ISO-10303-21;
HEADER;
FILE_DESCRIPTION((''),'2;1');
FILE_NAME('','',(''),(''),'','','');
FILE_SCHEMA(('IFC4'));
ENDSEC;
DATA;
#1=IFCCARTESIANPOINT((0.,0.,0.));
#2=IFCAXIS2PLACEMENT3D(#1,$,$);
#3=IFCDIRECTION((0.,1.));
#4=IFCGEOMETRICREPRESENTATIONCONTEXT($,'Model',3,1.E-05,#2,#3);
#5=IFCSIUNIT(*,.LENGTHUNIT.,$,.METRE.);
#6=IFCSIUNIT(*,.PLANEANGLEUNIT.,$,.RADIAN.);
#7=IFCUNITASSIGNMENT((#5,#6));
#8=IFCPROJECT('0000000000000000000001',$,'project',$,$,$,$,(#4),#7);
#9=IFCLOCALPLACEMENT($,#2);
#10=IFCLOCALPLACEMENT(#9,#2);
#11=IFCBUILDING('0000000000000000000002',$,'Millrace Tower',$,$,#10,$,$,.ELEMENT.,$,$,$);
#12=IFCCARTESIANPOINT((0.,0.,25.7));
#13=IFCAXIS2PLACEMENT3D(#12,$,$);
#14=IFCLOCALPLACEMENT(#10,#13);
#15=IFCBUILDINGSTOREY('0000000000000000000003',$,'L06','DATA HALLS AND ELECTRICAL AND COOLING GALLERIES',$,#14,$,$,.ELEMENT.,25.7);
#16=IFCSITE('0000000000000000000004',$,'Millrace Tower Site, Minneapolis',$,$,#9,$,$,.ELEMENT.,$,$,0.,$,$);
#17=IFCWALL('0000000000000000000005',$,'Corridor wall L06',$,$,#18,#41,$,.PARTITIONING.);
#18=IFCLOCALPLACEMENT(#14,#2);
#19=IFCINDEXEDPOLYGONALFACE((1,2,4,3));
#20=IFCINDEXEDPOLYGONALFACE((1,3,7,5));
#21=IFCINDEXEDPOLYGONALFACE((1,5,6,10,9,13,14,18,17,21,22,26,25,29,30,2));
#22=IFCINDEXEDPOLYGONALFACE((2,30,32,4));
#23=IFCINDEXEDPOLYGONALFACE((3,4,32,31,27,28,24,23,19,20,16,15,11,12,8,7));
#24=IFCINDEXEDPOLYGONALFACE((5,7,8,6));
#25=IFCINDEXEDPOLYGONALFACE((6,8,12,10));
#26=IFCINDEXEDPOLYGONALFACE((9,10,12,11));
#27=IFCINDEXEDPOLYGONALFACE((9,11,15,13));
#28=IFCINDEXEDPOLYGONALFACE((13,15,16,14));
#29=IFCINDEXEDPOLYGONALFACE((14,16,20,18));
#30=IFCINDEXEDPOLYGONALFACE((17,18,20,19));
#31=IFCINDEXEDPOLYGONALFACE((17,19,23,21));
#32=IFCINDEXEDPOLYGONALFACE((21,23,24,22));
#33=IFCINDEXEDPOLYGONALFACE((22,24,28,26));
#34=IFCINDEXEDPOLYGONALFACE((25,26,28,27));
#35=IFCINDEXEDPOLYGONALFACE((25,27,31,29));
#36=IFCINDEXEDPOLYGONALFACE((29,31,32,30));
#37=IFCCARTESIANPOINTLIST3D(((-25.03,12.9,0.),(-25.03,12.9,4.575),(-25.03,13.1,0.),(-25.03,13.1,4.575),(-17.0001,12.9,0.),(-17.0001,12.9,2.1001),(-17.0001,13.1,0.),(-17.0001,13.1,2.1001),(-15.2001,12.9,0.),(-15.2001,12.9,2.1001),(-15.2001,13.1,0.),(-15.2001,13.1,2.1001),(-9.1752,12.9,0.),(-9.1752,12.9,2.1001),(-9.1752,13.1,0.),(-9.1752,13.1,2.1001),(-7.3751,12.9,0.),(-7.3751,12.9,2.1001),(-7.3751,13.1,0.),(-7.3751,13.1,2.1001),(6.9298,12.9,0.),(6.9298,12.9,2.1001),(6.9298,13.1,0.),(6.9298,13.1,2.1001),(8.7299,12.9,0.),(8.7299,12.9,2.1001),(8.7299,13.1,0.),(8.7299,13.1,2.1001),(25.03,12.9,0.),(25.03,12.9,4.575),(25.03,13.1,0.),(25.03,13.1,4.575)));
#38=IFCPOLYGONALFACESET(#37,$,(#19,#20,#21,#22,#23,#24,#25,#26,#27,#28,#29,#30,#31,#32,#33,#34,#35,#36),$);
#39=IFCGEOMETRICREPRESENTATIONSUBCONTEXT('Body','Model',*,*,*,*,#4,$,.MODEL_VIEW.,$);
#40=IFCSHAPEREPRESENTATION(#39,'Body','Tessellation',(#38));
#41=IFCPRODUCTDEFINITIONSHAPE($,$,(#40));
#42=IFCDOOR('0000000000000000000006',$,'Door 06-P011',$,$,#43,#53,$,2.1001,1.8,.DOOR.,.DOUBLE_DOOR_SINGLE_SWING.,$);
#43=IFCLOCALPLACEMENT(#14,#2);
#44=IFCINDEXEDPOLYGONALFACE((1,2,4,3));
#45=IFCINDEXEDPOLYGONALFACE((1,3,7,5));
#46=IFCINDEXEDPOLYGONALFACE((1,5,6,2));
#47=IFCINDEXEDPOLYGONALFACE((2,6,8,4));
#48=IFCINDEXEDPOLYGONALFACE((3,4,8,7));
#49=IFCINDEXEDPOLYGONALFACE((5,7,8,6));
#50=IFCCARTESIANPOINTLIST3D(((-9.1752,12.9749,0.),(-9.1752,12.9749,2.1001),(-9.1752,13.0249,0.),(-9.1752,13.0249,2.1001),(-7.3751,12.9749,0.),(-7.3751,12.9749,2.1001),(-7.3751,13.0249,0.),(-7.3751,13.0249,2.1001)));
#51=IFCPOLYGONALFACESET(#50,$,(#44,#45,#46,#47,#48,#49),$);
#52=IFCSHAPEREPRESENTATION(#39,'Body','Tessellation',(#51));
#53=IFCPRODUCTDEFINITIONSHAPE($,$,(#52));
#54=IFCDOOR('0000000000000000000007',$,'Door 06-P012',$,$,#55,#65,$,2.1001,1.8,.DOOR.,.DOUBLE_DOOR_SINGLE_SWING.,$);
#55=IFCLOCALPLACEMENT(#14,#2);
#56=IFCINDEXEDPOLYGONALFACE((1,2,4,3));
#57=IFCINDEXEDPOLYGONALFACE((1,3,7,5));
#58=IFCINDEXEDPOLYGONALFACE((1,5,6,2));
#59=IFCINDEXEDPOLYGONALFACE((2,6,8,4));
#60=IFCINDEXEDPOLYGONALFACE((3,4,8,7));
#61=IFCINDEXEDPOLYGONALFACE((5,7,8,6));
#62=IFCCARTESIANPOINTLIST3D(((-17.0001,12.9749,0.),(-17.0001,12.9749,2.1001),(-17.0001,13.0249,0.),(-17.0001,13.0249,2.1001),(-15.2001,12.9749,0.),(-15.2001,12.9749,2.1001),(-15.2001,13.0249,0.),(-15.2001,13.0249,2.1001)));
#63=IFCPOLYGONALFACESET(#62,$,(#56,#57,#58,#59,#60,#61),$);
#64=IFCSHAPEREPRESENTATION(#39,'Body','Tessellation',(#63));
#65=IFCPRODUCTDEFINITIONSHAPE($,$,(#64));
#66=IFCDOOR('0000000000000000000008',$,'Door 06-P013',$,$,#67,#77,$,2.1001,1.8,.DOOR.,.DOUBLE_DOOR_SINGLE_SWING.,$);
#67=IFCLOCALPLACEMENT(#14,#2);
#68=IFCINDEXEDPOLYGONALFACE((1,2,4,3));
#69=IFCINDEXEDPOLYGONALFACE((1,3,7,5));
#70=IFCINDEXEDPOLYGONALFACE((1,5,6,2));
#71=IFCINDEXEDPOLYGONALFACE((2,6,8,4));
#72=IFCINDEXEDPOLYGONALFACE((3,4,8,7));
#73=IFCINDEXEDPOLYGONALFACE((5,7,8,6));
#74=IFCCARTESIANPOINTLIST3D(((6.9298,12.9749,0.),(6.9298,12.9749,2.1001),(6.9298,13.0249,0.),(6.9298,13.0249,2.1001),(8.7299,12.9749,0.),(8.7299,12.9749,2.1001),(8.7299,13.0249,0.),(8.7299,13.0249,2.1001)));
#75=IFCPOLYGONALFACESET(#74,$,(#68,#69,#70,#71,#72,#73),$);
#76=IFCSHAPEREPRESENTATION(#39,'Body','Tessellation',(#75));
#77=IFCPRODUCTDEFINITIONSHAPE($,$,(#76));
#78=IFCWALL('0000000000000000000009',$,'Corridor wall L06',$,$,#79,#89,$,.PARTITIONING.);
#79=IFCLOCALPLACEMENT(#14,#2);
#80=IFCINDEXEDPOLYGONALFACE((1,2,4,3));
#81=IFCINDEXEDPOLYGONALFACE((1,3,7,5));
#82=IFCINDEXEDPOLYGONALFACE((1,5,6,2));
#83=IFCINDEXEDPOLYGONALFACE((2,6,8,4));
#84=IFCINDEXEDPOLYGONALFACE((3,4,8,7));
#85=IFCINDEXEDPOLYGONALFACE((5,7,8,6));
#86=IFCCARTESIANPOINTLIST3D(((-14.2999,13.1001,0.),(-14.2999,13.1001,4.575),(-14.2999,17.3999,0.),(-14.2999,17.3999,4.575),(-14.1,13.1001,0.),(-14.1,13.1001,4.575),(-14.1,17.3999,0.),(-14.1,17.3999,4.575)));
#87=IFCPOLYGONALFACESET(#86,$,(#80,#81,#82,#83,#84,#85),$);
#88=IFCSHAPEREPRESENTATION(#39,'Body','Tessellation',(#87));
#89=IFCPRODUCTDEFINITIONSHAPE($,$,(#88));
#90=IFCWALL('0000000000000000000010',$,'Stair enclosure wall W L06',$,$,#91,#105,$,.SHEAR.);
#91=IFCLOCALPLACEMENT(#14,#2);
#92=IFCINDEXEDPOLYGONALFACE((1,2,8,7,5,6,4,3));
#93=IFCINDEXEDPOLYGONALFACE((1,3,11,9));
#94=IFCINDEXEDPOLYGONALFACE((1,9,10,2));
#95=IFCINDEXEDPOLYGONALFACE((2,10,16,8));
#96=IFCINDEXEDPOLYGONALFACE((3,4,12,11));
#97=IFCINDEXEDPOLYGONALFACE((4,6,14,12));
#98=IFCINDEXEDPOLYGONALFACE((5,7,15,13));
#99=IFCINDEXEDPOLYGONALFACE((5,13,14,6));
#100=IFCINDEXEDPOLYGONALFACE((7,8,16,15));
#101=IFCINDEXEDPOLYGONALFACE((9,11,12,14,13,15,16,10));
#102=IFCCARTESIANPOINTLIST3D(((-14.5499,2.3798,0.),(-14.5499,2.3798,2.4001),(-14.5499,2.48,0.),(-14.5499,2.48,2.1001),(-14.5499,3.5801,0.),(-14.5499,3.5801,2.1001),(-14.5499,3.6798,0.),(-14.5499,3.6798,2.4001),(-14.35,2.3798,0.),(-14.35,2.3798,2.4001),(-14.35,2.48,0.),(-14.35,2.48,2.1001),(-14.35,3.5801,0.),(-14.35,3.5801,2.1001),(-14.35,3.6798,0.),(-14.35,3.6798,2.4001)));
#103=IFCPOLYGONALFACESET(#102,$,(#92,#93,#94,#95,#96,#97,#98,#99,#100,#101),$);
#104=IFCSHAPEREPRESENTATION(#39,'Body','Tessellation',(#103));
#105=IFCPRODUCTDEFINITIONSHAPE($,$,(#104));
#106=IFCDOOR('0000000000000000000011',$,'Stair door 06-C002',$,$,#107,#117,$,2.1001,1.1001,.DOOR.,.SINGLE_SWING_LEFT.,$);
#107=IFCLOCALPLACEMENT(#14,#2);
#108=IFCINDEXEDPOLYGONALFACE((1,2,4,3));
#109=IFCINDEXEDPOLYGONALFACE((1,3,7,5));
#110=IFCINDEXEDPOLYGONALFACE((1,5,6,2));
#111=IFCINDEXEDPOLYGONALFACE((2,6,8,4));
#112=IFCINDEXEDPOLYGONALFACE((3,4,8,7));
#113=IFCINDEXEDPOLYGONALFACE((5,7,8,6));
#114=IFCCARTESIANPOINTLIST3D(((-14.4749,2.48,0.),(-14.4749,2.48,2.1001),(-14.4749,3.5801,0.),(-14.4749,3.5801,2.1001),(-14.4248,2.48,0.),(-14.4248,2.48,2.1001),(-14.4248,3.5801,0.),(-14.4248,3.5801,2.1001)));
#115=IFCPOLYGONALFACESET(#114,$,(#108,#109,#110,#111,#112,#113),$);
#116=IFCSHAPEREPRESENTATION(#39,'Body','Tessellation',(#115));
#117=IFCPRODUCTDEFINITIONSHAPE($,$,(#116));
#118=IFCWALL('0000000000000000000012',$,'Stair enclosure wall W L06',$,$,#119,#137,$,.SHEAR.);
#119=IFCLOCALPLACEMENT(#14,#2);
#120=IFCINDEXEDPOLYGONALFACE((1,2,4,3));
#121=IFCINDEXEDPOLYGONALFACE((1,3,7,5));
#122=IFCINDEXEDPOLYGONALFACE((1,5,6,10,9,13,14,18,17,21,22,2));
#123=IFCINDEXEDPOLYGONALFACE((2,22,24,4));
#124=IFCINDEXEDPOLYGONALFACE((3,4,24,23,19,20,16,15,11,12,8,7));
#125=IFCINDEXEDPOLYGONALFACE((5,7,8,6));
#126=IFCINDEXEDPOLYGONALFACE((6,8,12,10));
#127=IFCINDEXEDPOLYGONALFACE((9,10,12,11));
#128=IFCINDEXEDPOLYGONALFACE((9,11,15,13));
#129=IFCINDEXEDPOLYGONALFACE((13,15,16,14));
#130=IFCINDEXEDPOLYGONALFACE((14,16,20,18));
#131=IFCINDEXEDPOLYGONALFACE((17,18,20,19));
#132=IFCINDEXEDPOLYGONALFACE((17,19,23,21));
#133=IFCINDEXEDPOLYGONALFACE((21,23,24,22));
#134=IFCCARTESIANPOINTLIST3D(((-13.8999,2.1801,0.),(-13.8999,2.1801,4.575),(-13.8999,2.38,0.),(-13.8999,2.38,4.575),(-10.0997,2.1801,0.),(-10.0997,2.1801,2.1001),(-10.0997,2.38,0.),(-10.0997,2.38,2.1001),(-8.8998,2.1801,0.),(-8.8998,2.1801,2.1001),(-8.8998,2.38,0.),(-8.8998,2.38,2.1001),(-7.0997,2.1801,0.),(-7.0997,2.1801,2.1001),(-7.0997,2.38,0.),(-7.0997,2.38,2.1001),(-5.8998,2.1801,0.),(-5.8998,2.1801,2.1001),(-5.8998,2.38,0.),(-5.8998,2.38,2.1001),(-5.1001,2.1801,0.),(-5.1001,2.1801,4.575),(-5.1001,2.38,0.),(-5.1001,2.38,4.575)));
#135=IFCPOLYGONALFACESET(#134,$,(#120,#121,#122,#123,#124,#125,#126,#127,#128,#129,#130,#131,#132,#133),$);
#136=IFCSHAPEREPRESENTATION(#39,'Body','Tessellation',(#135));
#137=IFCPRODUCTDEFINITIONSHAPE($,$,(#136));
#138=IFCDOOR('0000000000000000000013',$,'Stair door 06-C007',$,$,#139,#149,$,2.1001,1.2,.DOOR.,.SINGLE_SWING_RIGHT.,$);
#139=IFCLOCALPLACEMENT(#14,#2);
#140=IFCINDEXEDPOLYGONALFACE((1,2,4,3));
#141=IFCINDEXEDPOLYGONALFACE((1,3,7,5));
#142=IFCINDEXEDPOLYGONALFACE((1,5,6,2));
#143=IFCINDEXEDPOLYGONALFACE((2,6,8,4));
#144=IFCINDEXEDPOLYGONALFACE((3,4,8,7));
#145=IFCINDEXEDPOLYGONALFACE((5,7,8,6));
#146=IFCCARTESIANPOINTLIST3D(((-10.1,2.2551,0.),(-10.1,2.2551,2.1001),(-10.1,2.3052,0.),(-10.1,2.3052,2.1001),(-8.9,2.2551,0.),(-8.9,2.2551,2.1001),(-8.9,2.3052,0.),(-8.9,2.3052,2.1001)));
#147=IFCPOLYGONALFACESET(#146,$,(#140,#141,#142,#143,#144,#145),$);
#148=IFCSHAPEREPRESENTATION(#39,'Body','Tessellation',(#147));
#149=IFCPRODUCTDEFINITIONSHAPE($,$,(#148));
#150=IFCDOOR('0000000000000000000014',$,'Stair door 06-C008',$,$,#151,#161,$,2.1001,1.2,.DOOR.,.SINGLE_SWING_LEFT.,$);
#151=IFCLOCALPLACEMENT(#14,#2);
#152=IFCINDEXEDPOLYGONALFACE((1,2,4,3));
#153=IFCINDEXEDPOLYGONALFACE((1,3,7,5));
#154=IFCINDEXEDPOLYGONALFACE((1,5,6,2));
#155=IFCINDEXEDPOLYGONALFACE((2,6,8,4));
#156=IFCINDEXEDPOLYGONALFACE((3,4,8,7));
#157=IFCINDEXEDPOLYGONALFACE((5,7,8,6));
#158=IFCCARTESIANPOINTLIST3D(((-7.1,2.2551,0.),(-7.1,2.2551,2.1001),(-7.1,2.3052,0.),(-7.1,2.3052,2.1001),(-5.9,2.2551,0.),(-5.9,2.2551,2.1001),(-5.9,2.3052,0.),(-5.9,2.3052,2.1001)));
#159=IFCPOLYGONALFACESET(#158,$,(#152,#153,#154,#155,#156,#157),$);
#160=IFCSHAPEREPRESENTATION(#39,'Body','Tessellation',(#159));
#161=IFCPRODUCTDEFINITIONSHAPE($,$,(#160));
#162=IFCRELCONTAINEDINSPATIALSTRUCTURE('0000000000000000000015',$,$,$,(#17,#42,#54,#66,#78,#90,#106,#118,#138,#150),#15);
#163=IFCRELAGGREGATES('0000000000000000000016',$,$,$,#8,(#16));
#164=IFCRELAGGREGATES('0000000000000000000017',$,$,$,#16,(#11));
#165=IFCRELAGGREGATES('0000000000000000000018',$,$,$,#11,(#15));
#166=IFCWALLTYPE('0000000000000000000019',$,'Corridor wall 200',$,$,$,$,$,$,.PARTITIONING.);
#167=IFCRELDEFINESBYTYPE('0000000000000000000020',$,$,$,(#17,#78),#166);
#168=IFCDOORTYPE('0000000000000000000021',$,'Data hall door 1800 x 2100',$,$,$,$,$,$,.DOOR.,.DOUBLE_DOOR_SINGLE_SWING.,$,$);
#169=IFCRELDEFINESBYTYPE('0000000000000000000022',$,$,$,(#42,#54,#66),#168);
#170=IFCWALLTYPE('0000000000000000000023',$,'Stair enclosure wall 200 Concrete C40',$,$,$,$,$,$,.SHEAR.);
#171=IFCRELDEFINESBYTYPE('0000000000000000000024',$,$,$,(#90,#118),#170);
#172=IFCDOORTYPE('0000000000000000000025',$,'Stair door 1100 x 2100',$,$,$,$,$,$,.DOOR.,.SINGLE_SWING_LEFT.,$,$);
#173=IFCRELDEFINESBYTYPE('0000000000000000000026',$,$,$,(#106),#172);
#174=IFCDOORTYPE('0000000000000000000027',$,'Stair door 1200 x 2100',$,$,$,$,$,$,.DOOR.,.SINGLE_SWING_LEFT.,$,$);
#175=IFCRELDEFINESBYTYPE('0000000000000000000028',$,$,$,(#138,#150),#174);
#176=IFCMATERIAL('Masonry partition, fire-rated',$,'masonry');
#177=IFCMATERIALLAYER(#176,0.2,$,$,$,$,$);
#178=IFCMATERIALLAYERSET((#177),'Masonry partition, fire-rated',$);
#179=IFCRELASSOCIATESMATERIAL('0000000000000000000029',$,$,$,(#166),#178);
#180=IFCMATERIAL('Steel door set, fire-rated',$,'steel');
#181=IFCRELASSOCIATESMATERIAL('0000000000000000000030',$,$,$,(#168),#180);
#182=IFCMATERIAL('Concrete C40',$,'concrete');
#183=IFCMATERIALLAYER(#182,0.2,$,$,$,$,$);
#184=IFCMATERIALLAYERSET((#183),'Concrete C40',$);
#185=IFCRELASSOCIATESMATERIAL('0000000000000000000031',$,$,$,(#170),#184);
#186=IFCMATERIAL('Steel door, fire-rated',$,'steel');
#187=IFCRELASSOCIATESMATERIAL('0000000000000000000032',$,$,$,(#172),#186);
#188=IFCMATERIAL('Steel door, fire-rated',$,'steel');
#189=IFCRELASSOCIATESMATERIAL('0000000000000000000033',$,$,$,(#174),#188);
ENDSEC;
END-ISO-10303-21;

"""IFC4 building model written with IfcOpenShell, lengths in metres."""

from ifc_helpers import new_model, si_unit, direction, frame, frame_2d, origin, place, context, subcontext, project, spatial, rectangle, extrude, material, layer, layer_set, type_object, element, fill, save


model = new_model("IFC4")

# Units and contexts
model_context = context("Model", 3, precision=1e-05, world=origin(), true_north=direction((0.0, 1.0)))
body_context = subcontext(model_context, "Body", "Model", "MODEL_VIEW")
ifc_project = project(units=[si_unit("LENGTHUNIT", "METRE"), si_unit("PLANEANGLEUNIT", "RADIAN")], contexts=[model_context])

# Site, building, storey
site_placement = place(None, origin())
site = spatial("IfcSite", under=ifc_project, at=site_placement, Name="Millrace Tower Site, Minneapolis", CompositionType="ELEMENT", RefElevation=0.0)
building_placement = place(site_placement, origin())
building = spatial("IfcBuilding", under=site, at=building_placement, Name="Millrace Tower", CompositionType="ELEMENT")
storey_placement = place(building_placement, frame((0.0, 0.0, 25.7)))
storey = spatial("IfcBuildingStorey", under=building, at=storey_placement, Name="L06", Description="DATA HALLS AND ELECTRICAL AND COOLING GALLERIES", CompositionType="ELEMENT", Elevation=25.7)

# Shared definitions
ifc_material_1 = material(Name="Masonry partition, fire-rated", Category="masonry")
ifc_layer_1 = layer(ifc_material_1, 0.2)
ifc_layer_set_1 = layer_set([ifc_layer_1], Name="Masonry partition, fire-rated")
wall_type_1 = type_object("IfcWallType", Name="Corridor wall 200", PredefinedType="PARTITIONING", material=ifc_layer_set_1)

# Wall, openings, doors
wall_1_placement = place(storey_placement, frame((-25.03, 13.0, 0.0), z_axis=(0.0, 0.0, 1.0), x_axis=(1.0, 0.0, 0.0)))
wall_1 = element("IfcWall", 1, at=wall_1_placement, inside=storey, type_object=wall_type_1, Name="Corridor wall L06", PredefinedType="PARTITIONING", context=body_context, shape_type="SweptSolid", body=[
    extrude(rectangle(XDim=50.0601, YDim=0.2, at=frame_2d((25.03, 0.0))), origin(), (0.0, 0.0, 1.0), 4.575),
])
opening_1_placement = place(wall_1_placement, frame((15.855, 0.0, 0.0)))
opening_1 = element("IfcOpeningElement", 2, at=opening_1_placement, cuts=wall_1, PredefinedType="OPENING", context=body_context, shape_type="SweptSolid", body=[
    extrude(rectangle(XDim=1.8, YDim=2.1001, at=frame_2d((0.8999, 1.05))), frame((0.0, 0.1099, 0.0), z_axis=(0.0, -1.0, 0.0), x_axis=(1.0, 0.0, 0.0)), (0.0, 0.0, 1.0), 0.22),
])
opening_2_placement = place(wall_1_placement, frame((8.03, 0.0, 0.0)))
opening_2 = element("IfcOpeningElement", 3, at=opening_2_placement, cuts=wall_1, PredefinedType="OPENING", context=body_context, shape_type="SweptSolid", body=[
    extrude(rectangle(XDim=1.8, YDim=2.1001, at=frame_2d((0.8999, 1.05))), frame((0.0, 0.1099, 0.0), z_axis=(0.0, -1.0, 0.0), x_axis=(1.0, 0.0, 0.0)), (0.0, 0.0, 1.0), 0.22),
])
opening_3_placement = place(wall_1_placement, frame((31.96, 0.0, 0.0)))
opening_3 = element("IfcOpeningElement", 4, at=opening_3_placement, cuts=wall_1, PredefinedType="OPENING", context=body_context, shape_type="SweptSolid", body=[
    extrude(rectangle(XDim=1.8, YDim=2.1001, at=frame_2d((0.8999, 1.05))), frame((0.0, 0.1099, 0.0), z_axis=(0.0, -1.0, 0.0), x_axis=(1.0, 0.0, 0.0)), (0.0, 0.0, 1.0), 0.22),
])
ifc_material_2 = material(Name="Steel door set, fire-rated", Category="steel")
door_type_1 = type_object("IfcDoorType", Name="Data hall door 1800 x 2100", OperationType="DOUBLE_DOOR_SINGLE_SWING", PredefinedType="DOOR", material=ifc_material_2)
door_1_placement = place(opening_1_placement, origin())
door_1 = element("IfcDoor", 5, at=door_1_placement, inside=storey, type_object=door_type_1, Name="Door 06-P011", OperationType="DOUBLE_DOOR_SINGLE_SWING", OverallHeight=2.1001, OverallWidth=1.8, PredefinedType="DOOR", context=body_context, shape_type="SweptSolid", body=[
    extrude(rectangle(XDim=1.8, YDim=2.1001, at=frame_2d((0.8999, 1.05))), frame((0.0, 0.0249, 0.0), z_axis=(0.0, -1.0, 0.0), x_axis=(1.0, 0.0, 0.0)), (0.0, 0.0, 1.0), 0.05),
])
fill(opening_1, door_1)
door_2_placement = place(opening_2_placement, origin())
door_2 = element("IfcDoor", 6, at=door_2_placement, inside=storey, type_object=door_type_1, Name="Door 06-P012", OperationType="DOUBLE_DOOR_SINGLE_SWING", OverallHeight=2.1001, OverallWidth=1.8, PredefinedType="DOOR", context=body_context, shape_type="SweptSolid", body=[
    extrude(rectangle(XDim=1.8, YDim=2.1001, at=frame_2d((0.8999, 1.05))), frame((0.0, 0.0249, 0.0), z_axis=(0.0, -1.0, 0.0), x_axis=(1.0, 0.0, 0.0)), (0.0, 0.0, 1.0), 0.05),
])
fill(opening_2, door_2)
door_3_placement = place(opening_3_placement, origin())
door_3 = element("IfcDoor", 7, at=door_3_placement, inside=storey, type_object=door_type_1, Name="Door 06-P013", OperationType="DOUBLE_DOOR_SINGLE_SWING", OverallHeight=2.1001, OverallWidth=1.8, PredefinedType="DOOR", context=body_context, shape_type="SweptSolid", body=[
    extrude(rectangle(XDim=1.8, YDim=2.1001, at=frame_2d((0.8999, 1.05))), frame((0.0, 0.0249, 0.0), z_axis=(0.0, -1.0, 0.0), x_axis=(1.0, 0.0, 0.0)), (0.0, 0.0, 1.0), 0.05),
])
fill(opening_3, door_3)

# Wall
wall_2_placement = place(storey_placement, frame((-14.2, 13.1001, 0.0), z_axis=(0.0, 0.0, 1.0), x_axis=(0.0, 1.0, 0.0)))
element("IfcWall", 8, at=wall_2_placement, inside=storey, type_object=wall_type_1, Name="Corridor wall L06", PredefinedType="PARTITIONING", context=body_context, shape_type="SweptSolid", body=[
    extrude(rectangle(XDim=4.2998, YDim=0.2, at=frame_2d((2.1499, 0.0))), origin(), (0.0, 0.0, 1.0), 4.575),
])

# Wall, opening, door
ifc_material_3 = material(Name="Concrete C40", Category="concrete")
ifc_layer_2 = layer(ifc_material_3, 0.2)
ifc_layer_set_2 = layer_set([ifc_layer_2], Name="Concrete C40")
wall_type_2 = type_object("IfcWallType", Name="Stair enclosure wall 200 Concrete C40", PredefinedType="SHEAR", material=ifc_layer_set_2)
wall_3_placement = place(storey_placement, frame((-14.45, 2.3799, 0.0), z_axis=(0.0, 0.0, 1.0), x_axis=(0.0, 1.0, 0.0)))
wall_3 = element("IfcWall", 9, at=wall_3_placement, inside=storey, type_object=wall_type_2, Name="Stair enclosure wall W L06", PredefinedType="SHEAR", context=body_context, shape_type="SweptSolid", body=[
    extrude(rectangle(XDim=1.3, YDim=0.2, at=frame_2d((0.6499, 0.0))), origin(), (0.0, 0.0, 1.0), 2.4001),
])
opening_4_placement = place(wall_3_placement, frame((0.1001, 0.0, 0.0)))
opening_4 = element("IfcOpeningElement", 10, at=opening_4_placement, cuts=wall_3, PredefinedType="OPENING", context=body_context, shape_type="SweptSolid", body=[
    extrude(rectangle(XDim=1.1001, YDim=2.1001, at=frame_2d((0.55, 1.05))), frame((0.0, 0.1099, 0.0), z_axis=(0.0, -1.0, 0.0), x_axis=(1.0, 0.0, 0.0)), (0.0, 0.0, 1.0), 0.22),
])
ifc_material_4 = material(Name="Steel door, fire-rated", Category="steel")
door_type_2 = type_object("IfcDoorType", Name="Stair door 1100 x 2100", OperationType="SINGLE_SWING_LEFT", PredefinedType="DOOR", material=ifc_material_4)
door_4_placement = place(opening_4_placement, origin())
door_4 = element("IfcDoor", 11, at=door_4_placement, inside=storey, type_object=door_type_2, Name="Stair door 06-C002", OperationType="SINGLE_SWING_LEFT", OverallHeight=2.1001, OverallWidth=1.1001, PredefinedType="DOOR", context=body_context, shape_type="SweptSolid", body=[
    extrude(rectangle(XDim=1.1001, YDim=2.1001, at=frame_2d((0.55, 1.05))), frame((0.0, 0.0249, 0.0), z_axis=(0.0, -1.0, 0.0), x_axis=(1.0, 0.0, 0.0)), (0.0, 0.0, 1.0), 0.05),
])
fill(opening_4, door_4)

# Wall, openings, doors
wall_4_placement = place(storey_placement, frame((-13.8999, 2.28, 0.0), z_axis=(0.0, 0.0, 1.0), x_axis=(1.0, 0.0, 0.0)))
wall_4 = element("IfcWall", 12, at=wall_4_placement, inside=storey, type_object=wall_type_2, Name="Stair enclosure wall W L06", PredefinedType="SHEAR", context=body_context, shape_type="SweptSolid", body=[
    extrude(rectangle(XDim=8.7998, YDim=0.2, at=frame_2d((4.3999, 0.0))), origin(), (0.0, 0.0, 1.0), 4.575),
])
opening_5_placement = place(wall_4_placement, frame((3.8, 0.0, 0.0)))
opening_5 = element("IfcOpeningElement", 13, at=opening_5_placement, cuts=wall_4, PredefinedType="OPENING", context=body_context, shape_type="SweptSolid", body=[
    extrude(rectangle(XDim=1.2, YDim=2.1001, at=frame_2d((0.6001, 1.05))), frame((0.0, 0.1099, 0.0), z_axis=(0.0, -1.0, 0.0), x_axis=(1.0, 0.0, 0.0)), (0.0, 0.0, 1.0), 0.22),
])
opening_6_placement = place(wall_4_placement, frame((6.8, 0.0, 0.0)))
opening_6 = element("IfcOpeningElement", 14, at=opening_6_placement, cuts=wall_4, PredefinedType="OPENING", context=body_context, shape_type="SweptSolid", body=[
    extrude(rectangle(XDim=1.2, YDim=2.1001, at=frame_2d((0.6001, 1.05))), frame((0.0, 0.1099, 0.0), z_axis=(0.0, -1.0, 0.0), x_axis=(1.0, 0.0, 0.0)), (0.0, 0.0, 1.0), 0.22),
])
ifc_material_5 = material(Name="Steel door, fire-rated", Category="steel")
door_type_3 = type_object("IfcDoorType", Name="Stair door 1200 x 2100", OperationType="SINGLE_SWING_LEFT", PredefinedType="DOOR", material=ifc_material_5)
door_5_placement = place(opening_5_placement, frame((1.2, 0.0, 0.0), z_axis=(0.0, 0.0, 1.0), x_axis=(-1.0, 0.0, 0.0)))
door_5 = element("IfcDoor", 15, at=door_5_placement, inside=storey, type_object=door_type_3, Name="Stair door 06-C007", OperationType="SINGLE_SWING_RIGHT", OverallHeight=2.1001, OverallWidth=1.2, PredefinedType="DOOR", context=body_context, shape_type="SweptSolid", body=[
    extrude(rectangle(XDim=1.2, YDim=2.1001, at=frame_2d((0.6001, 1.05))), frame((0.0, 0.0249, 0.0), z_axis=(0.0, -1.0, 0.0), x_axis=(1.0, 0.0, 0.0)), (0.0, 0.0, 1.0), 0.05),
])
fill(opening_5, door_5)
door_6_placement = place(opening_6_placement, frame((1.2, 0.0, 0.0), z_axis=(0.0, 0.0, 1.0), x_axis=(-1.0, 0.0, 0.0)))
door_6 = element("IfcDoor", 16, at=door_6_placement, inside=storey, type_object=door_type_3, Name="Stair door 06-C008", OperationType="SINGLE_SWING_LEFT", OverallHeight=2.1001, OverallWidth=1.2, PredefinedType="DOOR", context=body_context, shape_type="SweptSolid", body=[
    extrude(rectangle(XDim=1.2, YDim=2.1001, at=frame_2d((0.6001, 1.05))), frame((0.0, 0.0249, 0.0), z_axis=(0.0, -1.0, 0.0), x_axis=(1.0, 0.0, 0.0)), (0.0, 0.0, 1.0), 0.05),
])
fill(opening_6, door_6)

save(model, "model.ifc")
